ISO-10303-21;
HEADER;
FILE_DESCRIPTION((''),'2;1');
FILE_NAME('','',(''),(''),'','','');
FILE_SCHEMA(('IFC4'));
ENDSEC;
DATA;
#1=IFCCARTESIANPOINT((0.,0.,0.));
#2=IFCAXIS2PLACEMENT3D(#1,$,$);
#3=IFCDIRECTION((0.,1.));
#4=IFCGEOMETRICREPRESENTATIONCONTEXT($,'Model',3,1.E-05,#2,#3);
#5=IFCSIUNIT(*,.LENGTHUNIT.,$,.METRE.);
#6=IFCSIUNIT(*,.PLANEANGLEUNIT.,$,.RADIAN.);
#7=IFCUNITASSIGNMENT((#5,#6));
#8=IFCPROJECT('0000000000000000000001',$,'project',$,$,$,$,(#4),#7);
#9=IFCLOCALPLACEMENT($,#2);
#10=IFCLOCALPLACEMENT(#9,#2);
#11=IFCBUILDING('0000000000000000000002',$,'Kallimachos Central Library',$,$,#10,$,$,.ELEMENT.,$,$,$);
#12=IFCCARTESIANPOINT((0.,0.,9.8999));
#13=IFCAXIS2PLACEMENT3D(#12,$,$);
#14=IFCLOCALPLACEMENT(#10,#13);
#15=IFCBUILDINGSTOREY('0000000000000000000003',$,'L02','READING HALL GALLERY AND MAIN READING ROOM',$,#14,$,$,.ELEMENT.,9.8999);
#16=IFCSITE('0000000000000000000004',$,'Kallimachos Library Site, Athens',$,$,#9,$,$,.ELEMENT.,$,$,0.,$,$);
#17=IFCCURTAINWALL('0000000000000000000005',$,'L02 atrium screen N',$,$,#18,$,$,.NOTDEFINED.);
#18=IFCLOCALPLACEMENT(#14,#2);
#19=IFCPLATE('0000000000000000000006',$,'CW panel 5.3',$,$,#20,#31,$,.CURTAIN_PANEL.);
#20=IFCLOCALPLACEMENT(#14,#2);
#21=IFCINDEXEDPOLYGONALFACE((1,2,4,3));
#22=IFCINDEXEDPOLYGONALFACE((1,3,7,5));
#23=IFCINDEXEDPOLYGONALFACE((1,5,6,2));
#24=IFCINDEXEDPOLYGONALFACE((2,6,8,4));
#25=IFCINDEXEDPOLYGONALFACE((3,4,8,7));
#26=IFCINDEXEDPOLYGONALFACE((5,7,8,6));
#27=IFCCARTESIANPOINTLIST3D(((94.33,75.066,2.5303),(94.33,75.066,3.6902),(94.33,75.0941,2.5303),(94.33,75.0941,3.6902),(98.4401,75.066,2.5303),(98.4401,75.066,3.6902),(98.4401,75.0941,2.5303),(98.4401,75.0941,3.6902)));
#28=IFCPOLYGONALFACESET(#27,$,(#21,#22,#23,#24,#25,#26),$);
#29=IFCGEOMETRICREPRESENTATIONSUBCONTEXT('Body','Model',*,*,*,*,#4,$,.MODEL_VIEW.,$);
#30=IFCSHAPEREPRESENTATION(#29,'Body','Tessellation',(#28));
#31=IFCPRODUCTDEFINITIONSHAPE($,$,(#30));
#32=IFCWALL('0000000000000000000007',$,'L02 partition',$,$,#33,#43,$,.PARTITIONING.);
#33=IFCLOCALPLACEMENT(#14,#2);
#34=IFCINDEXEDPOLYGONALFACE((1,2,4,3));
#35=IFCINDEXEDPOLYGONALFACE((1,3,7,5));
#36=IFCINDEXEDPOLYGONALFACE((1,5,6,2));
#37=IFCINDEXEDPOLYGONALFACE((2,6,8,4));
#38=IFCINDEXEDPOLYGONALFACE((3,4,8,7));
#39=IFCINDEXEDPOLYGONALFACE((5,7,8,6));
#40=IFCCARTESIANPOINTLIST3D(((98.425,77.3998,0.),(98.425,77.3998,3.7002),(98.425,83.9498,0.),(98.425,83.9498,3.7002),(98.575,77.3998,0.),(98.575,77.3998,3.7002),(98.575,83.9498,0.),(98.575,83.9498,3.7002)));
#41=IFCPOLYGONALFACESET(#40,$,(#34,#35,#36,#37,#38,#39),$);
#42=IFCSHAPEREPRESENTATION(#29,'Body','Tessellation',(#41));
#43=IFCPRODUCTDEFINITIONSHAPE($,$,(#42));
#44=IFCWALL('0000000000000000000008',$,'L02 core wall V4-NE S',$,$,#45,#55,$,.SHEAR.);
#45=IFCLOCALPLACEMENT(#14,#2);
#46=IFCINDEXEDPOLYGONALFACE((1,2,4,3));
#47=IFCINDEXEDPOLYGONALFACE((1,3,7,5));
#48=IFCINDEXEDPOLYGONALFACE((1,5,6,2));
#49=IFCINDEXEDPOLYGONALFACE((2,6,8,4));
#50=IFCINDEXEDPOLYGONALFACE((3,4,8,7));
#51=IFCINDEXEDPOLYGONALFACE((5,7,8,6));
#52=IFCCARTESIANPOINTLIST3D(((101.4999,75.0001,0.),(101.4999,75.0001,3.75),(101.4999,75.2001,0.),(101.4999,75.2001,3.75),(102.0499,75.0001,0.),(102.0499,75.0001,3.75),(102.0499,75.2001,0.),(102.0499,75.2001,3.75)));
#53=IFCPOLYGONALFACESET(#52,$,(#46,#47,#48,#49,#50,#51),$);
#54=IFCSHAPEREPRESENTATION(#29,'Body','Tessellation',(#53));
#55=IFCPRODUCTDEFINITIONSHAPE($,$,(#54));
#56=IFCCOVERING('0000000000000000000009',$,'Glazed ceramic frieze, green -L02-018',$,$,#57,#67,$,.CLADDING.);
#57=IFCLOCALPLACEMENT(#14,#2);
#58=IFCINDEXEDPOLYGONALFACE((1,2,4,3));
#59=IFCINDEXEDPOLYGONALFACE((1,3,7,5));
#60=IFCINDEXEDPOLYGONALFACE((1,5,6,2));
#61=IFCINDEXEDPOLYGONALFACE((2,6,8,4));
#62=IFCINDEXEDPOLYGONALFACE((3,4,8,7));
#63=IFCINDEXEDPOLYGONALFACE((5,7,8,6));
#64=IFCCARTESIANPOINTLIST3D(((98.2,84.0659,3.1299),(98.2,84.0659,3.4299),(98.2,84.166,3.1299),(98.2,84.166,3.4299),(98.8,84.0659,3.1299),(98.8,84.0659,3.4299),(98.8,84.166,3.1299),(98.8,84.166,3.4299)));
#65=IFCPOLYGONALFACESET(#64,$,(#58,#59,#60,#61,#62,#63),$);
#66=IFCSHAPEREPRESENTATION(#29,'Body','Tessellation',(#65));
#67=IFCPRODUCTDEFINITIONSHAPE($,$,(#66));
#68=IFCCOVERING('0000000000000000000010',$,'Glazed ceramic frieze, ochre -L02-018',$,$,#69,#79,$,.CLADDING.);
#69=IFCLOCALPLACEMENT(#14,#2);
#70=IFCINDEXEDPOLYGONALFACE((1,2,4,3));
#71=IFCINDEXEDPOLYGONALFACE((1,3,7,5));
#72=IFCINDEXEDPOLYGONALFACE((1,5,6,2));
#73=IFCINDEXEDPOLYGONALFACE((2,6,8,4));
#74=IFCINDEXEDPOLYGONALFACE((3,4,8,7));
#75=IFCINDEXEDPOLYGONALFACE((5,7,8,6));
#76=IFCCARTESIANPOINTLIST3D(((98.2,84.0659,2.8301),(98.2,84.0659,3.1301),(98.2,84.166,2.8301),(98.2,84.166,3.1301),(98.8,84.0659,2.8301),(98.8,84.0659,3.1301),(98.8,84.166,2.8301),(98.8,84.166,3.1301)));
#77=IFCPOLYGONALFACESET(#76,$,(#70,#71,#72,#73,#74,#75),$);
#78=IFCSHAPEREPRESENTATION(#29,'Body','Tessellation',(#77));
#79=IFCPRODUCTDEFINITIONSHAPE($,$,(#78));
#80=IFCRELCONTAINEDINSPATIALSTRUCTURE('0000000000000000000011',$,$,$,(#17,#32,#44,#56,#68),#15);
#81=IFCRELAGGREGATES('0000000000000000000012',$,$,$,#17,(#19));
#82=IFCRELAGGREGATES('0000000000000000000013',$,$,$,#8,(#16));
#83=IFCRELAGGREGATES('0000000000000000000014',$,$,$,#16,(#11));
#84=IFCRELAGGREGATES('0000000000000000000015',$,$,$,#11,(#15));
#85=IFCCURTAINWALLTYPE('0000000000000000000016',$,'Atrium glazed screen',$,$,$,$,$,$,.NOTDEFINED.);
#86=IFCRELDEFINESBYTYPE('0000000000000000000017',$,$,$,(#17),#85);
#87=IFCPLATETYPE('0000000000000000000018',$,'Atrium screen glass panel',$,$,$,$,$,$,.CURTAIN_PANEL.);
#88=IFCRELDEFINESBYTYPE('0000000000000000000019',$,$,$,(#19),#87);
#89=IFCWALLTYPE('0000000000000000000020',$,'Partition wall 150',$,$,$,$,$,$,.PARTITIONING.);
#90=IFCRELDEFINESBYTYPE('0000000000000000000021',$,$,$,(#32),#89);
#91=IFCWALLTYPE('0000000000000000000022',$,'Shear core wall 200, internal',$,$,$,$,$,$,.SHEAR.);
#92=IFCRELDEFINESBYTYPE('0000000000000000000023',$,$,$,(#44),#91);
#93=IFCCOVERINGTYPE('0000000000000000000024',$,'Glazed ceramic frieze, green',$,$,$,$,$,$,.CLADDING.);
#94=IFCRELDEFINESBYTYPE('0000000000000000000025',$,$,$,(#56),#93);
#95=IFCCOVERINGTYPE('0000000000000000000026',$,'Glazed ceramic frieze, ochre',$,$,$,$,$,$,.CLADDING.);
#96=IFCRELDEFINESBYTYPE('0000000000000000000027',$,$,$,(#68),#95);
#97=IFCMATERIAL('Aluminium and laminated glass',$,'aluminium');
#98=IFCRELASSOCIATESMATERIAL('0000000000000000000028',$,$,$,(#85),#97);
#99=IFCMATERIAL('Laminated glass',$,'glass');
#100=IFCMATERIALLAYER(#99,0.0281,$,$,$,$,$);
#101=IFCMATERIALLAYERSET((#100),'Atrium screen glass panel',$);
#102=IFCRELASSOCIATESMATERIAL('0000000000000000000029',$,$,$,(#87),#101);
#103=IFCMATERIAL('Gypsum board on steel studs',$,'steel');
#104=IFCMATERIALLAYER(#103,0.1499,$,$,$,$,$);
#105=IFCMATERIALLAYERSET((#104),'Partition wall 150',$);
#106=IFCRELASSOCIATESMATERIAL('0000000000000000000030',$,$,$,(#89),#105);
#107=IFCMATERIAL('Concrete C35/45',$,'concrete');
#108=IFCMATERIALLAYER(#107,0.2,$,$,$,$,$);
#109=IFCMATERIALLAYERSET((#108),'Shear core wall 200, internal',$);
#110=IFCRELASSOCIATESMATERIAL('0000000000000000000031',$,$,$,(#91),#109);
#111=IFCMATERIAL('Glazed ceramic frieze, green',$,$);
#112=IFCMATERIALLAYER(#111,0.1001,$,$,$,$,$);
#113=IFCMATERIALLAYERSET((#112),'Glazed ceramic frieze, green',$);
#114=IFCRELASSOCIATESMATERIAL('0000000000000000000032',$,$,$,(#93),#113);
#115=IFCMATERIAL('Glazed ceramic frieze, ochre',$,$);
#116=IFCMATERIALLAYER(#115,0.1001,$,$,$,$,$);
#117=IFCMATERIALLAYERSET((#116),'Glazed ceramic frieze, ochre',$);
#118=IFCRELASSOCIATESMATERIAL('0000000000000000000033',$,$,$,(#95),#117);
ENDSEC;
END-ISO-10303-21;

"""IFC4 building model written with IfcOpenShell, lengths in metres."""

from ifc_helpers import new_model, si_unit, direction, frame, frame_2d, origin, origin_2d, place, context, subcontext, project, spatial, rectangle, extrude, material, layer, layer_set, type_object, element, aggregate, save


model = new_model("IFC4")

# Units and contexts
model_context = context("Model", 3, precision=1e-05, world=origin(), true_north=direction((0.0, 1.0)))
body_context = subcontext(model_context, "Body", "Model", "MODEL_VIEW")
ifc_project = project(units=[si_unit("LENGTHUNIT", "METRE"), si_unit("PLANEANGLEUNIT", "RADIAN")], contexts=[model_context])

# Site, building, storey
site_placement = place(None, origin())
site = spatial("IfcSite", under=ifc_project, at=site_placement, Name="Kallimachos Library Site, Athens", CompositionType="ELEMENT", RefElevation=0.0)
building_placement = place(site_placement, origin())
building = spatial("IfcBuilding", under=site, at=building_placement, Name="Kallimachos Central Library", CompositionType="ELEMENT")
storey_placement = place(building_placement, frame((0.0, 0.0, 9.8999)))
storey = spatial("IfcBuildingStorey", under=building, at=storey_placement, Name="L02", Description="READING HALL GALLERY AND MAIN READING ROOM", CompositionType="ELEMENT", Elevation=9.8999)

# Curtain wall
ifc_material_1 = material(Name="Aluminium and laminated glass", Category="aluminium")
curtain_wall_type_1 = type_object("IfcCurtainWallType", Name="Atrium glazed screen", PredefinedType="NOTDEFINED", material=ifc_material_1)
curtain_wall_1_placement = place(storey_placement, origin())
curtain_wall_1 = element("IfcCurtainWall", 1, at=curtain_wall_1_placement, inside=storey, type_object=curtain_wall_type_1, Name="L02 atrium screen N", PredefinedType="NOTDEFINED")

# Plate
ifc_material_2 = material(Name="Laminated glass", Category="glass")
ifc_layer_1 = layer(ifc_material_2, 0.0281)
ifc_layer_set_1 = layer_set([ifc_layer_1], Name="Atrium screen glass panel")
plate_type = type_object("IfcPlateType", Name="Atrium screen glass panel", PredefinedType="CURTAIN_PANEL", material=ifc_layer_set_1)
plate_1_placement = place(storey_placement, frame((96.385, 75.0801, 2.5303), z_axis=(0.0, 0.0, 1.0), x_axis=(1.0, 0.0, 0.0)))
plate_1 = element("IfcPlate", 2, at=plate_1_placement, type_object=plate_type, Name="CW panel 5.3", PredefinedType="CURTAIN_PANEL", context=body_context, shape_type="SweptSolid", body=[
    extrude(rectangle(XDim=4.1101, YDim=0.0281, at=origin_2d()), origin(), (0.0, 0.0, 1.0), 1.1599),
])
aggregate(curtain_wall_1, [plate_1])

# Walls
ifc_material_3 = material(Name="Gypsum board on steel studs", Category="steel")
ifc_layer_2 = layer(ifc_material_3, 0.1499)
ifc_layer_set_2 = layer_set([ifc_layer_2], Name="Partition wall 150")
wall_type_1 = type_object("IfcWallType", Name="Partition wall 150", PredefinedType="PARTITIONING", material=ifc_layer_set_2)
wall_1_placement = place(storey_placement, frame((98.5, 77.3999, 0.0), z_axis=(0.0, 0.0, 1.0), x_axis=(0.0, 1.0, 0.0)))
element("IfcWall", 3, at=wall_1_placement, inside=storey, type_object=wall_type_1, Name="L02 partition", PredefinedType="PARTITIONING", context=body_context, shape_type="SweptSolid", body=[
    extrude(rectangle(XDim=6.55, YDim=0.1499, at=frame_2d((3.2749, 0.0))), origin(), (0.0, 0.0, 1.0), 3.7002),
])
ifc_material_4 = material(Name="Concrete C35/45", Category="concrete")
ifc_layer_3 = layer(ifc_material_4, 0.2)
ifc_layer_set_3 = layer_set([ifc_layer_3], Name="Shear core wall 200, internal")
wall_type_2 = type_object("IfcWallType", Name="Shear core wall 200, internal", PredefinedType="SHEAR", material=ifc_layer_set_3)
wall_2_placement = place(storey_placement, frame((101.5, 75.1001, 0.0), z_axis=(0.0, 0.0, 1.0), x_axis=(1.0, 0.0, 0.0)))
element("IfcWall", 4, at=wall_2_placement, inside=storey, type_object=wall_type_2, Name="L02 core wall V4-NE S", PredefinedType="SHEAR", context=body_context, shape_type="SweptSolid", body=[
    extrude(rectangle(XDim=0.55, YDim=0.2, at=frame_2d((0.2749, 0.0))), origin(), (0.0, 0.0, 1.0), 3.75),
])

# Coverings
ifc_material_5 = material(Name="Glazed ceramic frieze, green")
ifc_layer_4 = layer(ifc_material_5, 0.1001)
ifc_layer_set_4 = layer_set([ifc_layer_4], Name="Glazed ceramic frieze, green")
covering_type_1 = type_object("IfcCoveringType", Name="Glazed ceramic frieze, green", PredefinedType="CLADDING", material=ifc_layer_set_4)
covering_1_placement = place(storey_placement, frame((98.5, 84.116, 3.1299), z_axis=(0.0, 0.0, 1.0), x_axis=(1.0, 0.0, 0.0)))
element("IfcCovering", 5, at=covering_1_placement, inside=storey, type_object=covering_type_1, Name="Glazed ceramic frieze, green -L02-018", PredefinedType="CLADDING", context=body_context, shape_type="SweptSolid", body=[
    extrude(rectangle(XDim=0.6001, YDim=0.1001, at=origin_2d()), origin(), (0.0, 0.0, 1.0), 0.3),
])
ifc_material_6 = material(Name="Glazed ceramic frieze, ochre")
ifc_layer_5 = layer(ifc_material_6, 0.1001)
ifc_layer_set_5 = layer_set([ifc_layer_5], Name="Glazed ceramic frieze, ochre")
covering_type_2 = type_object("IfcCoveringType", Name="Glazed ceramic frieze, ochre", PredefinedType="CLADDING", material=ifc_layer_set_5)
covering_2_placement = place(storey_placement, frame((98.5, 84.116, 2.8301), z_axis=(0.0, 0.0, 1.0), x_axis=(1.0, 0.0, 0.0)))
element("IfcCovering", 6, at=covering_2_placement, inside=storey, type_object=covering_type_2, Name="Glazed ceramic frieze, ochre -L02-018", PredefinedType="CLADDING", context=body_context, shape_type="SweptSolid", body=[
    extrude(rectangle(XDim=0.6001, YDim=0.1001, at=origin_2d()), origin(), (0.0, 0.0, 1.0), 0.3),
])

save(model, "model.ifc")
